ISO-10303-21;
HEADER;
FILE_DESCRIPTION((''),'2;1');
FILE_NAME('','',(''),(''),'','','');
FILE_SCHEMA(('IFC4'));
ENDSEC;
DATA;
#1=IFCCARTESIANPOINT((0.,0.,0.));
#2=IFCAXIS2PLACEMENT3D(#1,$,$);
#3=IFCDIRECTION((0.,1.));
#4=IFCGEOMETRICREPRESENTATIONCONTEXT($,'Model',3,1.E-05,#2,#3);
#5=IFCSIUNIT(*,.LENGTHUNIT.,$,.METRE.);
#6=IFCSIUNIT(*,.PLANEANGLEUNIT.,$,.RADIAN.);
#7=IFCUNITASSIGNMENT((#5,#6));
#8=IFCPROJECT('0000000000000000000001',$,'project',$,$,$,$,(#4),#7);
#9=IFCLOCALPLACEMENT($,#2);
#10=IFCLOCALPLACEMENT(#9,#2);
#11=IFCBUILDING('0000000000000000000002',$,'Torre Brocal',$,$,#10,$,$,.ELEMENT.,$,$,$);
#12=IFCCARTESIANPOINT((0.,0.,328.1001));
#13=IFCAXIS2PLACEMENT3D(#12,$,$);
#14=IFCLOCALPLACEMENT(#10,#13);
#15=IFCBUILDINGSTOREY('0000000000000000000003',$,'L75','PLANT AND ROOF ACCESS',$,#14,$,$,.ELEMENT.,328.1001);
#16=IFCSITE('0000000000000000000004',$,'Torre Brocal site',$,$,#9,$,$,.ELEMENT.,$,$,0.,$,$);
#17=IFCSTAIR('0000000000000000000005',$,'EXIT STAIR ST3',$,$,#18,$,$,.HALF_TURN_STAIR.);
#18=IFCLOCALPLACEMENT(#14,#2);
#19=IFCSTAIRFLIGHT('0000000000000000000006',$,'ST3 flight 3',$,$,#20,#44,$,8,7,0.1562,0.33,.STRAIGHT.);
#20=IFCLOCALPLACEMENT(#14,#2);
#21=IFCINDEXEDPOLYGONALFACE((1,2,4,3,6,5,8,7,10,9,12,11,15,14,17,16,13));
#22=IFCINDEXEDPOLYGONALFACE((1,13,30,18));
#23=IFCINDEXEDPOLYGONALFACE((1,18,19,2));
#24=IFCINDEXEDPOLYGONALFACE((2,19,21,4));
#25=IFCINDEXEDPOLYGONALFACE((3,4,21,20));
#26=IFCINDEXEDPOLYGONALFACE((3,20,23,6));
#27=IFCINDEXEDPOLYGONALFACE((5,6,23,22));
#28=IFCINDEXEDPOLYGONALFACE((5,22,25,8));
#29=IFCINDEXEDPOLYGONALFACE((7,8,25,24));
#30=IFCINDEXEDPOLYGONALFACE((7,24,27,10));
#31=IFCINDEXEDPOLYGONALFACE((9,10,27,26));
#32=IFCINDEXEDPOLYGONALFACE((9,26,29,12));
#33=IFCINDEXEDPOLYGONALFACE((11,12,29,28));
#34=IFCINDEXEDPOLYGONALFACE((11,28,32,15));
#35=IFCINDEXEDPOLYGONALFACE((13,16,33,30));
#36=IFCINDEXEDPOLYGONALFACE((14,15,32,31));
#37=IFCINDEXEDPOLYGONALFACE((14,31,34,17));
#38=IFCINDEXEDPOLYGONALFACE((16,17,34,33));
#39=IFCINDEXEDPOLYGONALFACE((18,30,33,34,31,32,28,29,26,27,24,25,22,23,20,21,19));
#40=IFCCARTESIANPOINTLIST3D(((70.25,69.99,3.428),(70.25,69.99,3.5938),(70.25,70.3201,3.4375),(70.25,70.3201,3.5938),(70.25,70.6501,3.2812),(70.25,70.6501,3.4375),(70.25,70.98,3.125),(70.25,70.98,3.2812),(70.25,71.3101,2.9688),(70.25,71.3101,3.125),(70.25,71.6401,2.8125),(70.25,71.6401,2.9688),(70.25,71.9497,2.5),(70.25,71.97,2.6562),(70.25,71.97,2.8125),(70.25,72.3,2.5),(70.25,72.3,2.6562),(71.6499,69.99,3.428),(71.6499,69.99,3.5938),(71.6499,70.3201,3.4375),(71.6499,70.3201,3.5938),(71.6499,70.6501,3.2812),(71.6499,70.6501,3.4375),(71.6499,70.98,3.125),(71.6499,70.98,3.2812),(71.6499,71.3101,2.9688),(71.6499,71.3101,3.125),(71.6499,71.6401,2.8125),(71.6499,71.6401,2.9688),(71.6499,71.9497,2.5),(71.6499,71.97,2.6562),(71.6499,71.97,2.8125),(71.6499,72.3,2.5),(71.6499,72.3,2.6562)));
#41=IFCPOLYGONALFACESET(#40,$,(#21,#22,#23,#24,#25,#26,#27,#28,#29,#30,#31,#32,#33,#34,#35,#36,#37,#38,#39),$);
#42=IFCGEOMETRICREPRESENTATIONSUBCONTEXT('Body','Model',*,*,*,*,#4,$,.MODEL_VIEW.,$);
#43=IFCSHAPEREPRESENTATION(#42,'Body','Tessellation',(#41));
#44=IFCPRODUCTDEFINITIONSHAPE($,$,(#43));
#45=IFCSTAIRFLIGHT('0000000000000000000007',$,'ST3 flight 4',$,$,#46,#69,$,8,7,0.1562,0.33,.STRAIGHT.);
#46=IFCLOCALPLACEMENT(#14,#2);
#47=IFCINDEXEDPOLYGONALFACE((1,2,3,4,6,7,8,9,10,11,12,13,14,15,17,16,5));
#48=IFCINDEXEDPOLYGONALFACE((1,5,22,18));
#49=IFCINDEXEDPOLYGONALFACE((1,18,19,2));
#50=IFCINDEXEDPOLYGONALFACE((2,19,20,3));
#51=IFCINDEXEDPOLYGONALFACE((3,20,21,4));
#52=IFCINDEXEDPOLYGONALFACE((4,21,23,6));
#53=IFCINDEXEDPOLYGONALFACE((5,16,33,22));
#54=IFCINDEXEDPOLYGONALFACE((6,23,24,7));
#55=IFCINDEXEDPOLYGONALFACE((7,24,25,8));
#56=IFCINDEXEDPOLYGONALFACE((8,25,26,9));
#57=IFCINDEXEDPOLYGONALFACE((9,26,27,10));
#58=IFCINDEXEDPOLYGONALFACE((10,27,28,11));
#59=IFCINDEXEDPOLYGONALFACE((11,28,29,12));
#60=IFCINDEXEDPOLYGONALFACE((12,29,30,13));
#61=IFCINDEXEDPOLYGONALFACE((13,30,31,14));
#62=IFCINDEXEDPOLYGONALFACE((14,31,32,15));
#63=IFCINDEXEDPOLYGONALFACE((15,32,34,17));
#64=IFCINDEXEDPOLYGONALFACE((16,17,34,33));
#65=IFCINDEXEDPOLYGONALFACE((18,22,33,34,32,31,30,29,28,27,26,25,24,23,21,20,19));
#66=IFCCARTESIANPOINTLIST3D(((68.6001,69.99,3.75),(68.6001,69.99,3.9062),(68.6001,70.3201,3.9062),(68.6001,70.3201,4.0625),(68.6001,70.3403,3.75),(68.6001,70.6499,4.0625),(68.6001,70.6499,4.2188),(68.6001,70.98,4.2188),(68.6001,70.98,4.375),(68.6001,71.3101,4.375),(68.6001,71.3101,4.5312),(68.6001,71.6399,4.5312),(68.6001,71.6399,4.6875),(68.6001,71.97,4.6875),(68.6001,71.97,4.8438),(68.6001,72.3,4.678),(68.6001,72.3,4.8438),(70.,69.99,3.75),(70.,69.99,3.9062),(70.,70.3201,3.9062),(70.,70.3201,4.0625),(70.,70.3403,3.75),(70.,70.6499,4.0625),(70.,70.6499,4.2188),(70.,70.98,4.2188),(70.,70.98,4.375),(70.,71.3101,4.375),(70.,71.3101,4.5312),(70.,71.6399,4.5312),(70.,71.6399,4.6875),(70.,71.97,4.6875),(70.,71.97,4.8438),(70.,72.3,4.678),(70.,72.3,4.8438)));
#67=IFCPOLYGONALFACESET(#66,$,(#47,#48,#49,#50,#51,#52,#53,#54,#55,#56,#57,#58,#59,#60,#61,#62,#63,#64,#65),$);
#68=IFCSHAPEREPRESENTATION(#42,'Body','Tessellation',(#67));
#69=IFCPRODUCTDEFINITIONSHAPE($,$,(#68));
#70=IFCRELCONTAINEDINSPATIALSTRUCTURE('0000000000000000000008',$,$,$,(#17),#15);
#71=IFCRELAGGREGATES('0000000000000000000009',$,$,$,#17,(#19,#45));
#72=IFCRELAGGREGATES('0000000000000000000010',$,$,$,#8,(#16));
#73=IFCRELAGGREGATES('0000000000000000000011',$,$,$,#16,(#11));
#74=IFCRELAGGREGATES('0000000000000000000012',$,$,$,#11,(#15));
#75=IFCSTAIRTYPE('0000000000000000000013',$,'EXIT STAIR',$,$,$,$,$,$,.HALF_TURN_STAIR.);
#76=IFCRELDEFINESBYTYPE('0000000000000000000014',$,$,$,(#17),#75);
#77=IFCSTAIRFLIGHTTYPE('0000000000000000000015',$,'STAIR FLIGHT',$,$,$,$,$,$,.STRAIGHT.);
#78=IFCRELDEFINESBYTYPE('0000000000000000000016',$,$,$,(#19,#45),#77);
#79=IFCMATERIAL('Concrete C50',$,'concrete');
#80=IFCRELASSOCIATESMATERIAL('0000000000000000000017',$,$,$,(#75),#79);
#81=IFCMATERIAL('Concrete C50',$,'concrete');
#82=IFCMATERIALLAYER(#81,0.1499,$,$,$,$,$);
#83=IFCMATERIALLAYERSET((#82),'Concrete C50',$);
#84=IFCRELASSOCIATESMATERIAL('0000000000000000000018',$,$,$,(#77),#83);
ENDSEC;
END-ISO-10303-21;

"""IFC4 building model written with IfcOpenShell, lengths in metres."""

from ifc_helpers import new_model, si_unit, direction, frame, origin, place, context, subcontext, project, spatial, polyline, outline, extrude, material, layer, layer_set, type_object, element, aggregate, save


model = new_model("IFC4")

# Units and contexts
model_context = context("Model", 3, precision=1e-05, world=origin(), true_north=direction((0.0, 1.0)))
body_context = subcontext(model_context, "Body", "Model", "MODEL_VIEW")
ifc_project = project(units=[si_unit("LENGTHUNIT", "METRE"), si_unit("PLANEANGLEUNIT", "RADIAN")], contexts=[model_context])

# Site, building, storey
site_placement = place(None, origin())
site = spatial("IfcSite", under=ifc_project, at=site_placement, Name="Torre Brocal site", CompositionType="ELEMENT", RefElevation=0.0)
building_placement = place(site_placement, origin())
building = spatial("IfcBuilding", under=site, at=building_placement, Name="Torre Brocal", CompositionType="ELEMENT")
storey_placement = place(building_placement, frame((0.0, 0.0, 328.1001)))
storey = spatial("IfcBuildingStorey", under=building, at=storey_placement, Name="L75", Description="PLANT AND ROOF ACCESS", CompositionType="ELEMENT", Elevation=328.1001)

# Stair, stair flights
ifc_material_1 = material(Name="Concrete C50", Category="concrete")
stair_type = type_object("IfcStairType", Name="EXIT STAIR", PredefinedType="HALF_TURN_STAIR", material=ifc_material_1)
stair_placement = place(storey_placement, origin())
stair = element("IfcStair", 1, at=stair_placement, inside=storey, type_object=stair_type, Name="EXIT STAIR ST3", PredefinedType="HALF_TURN_STAIR")
ifc_material_2 = material(Name="Concrete C50", Category="concrete")
ifc_layer_1 = layer(ifc_material_2, 0.1499)
ifc_layer_set_1 = layer_set([ifc_layer_1], Name="Concrete C50")
stair_flight_type = type_object("IfcStairFlightType", Name="STAIR FLIGHT", PredefinedType="STRAIGHT", material=ifc_layer_set_1)
stair_flight_1_placement = place(storey_placement, frame((70.95, 72.3, 2.5), z_axis=(0.0, 0.0, 1.0), x_axis=(0.0, -1.0, 0.0)))
stair_flight_1 = element("IfcStairFlight", 2, at=stair_flight_1_placement, type_object=stair_flight_type, Name="ST3 flight 3", NumberOfRisers=8, NumberOfTreads=7, PredefinedType="STRAIGHT", RiserHeight=0.1562, TreadLength=0.33, context=body_context, shape_type="SweptSolid", body=[
    extrude(outline(polyline([(0.0, 0.0), (0.0, 0.1562), (0.3301, 0.1562), (0.3301, 0.3125), (0.6599, 0.3125), (0.6599, 0.4688), (0.99, 0.4688), (0.99, 0.625), (1.3201, 0.625), (1.3201, 0.7812), (1.6499, 0.7812), (1.6499, 0.9375), (1.98, 0.9375), (1.98, 1.0938), (2.3101, 1.0938), (2.3101, 1.25), (2.3101, 0.928), (0.3503, 0.0), (0.0, 0.0)])), frame((0.0, 0.7, 0.0), z_axis=(0.0, -1.0, 0.0), x_axis=(1.0, 0.0, 0.0)), (0.0, 0.0, 1.0), 1.3999),
])
stair_flight_2_placement = place(storey_placement, frame((69.3, 69.99, 3.75), z_axis=(0.0, 0.0, 1.0), x_axis=(0.0, 1.0, 0.0)))
stair_flight_2 = element("IfcStairFlight", 3, at=stair_flight_2_placement, type_object=stair_flight_type, Name="ST3 flight 4", NumberOfRisers=8, NumberOfTreads=7, PredefinedType="STRAIGHT", RiserHeight=0.1562, TreadLength=0.33, context=body_context, shape_type="SweptSolid", body=[
    extrude(outline(polyline([(0.0, 0.0), (0.0, 0.1562), (0.3301, 0.1562), (0.3301, 0.3125), (0.6599, 0.3125), (0.6599, 0.4688), (0.99, 0.4688), (0.99, 0.625), (1.3201, 0.625), (1.3201, 0.7812), (1.6499, 0.7812), (1.6499, 0.9375), (1.98, 0.9375), (1.98, 1.0938), (2.3101, 1.0938), (2.3101, 1.25), (2.3101, 0.928), (0.3503, 0.0), (0.0, 0.0)])), frame((0.0, 0.7, 0.0), z_axis=(0.0, -1.0, 0.0), x_axis=(1.0, 0.0, 0.0)), (0.0, 0.0, 1.0), 1.3999),
])
aggregate(stair, [stair_flight_1, stair_flight_2])

save(model, "model.ifc")
